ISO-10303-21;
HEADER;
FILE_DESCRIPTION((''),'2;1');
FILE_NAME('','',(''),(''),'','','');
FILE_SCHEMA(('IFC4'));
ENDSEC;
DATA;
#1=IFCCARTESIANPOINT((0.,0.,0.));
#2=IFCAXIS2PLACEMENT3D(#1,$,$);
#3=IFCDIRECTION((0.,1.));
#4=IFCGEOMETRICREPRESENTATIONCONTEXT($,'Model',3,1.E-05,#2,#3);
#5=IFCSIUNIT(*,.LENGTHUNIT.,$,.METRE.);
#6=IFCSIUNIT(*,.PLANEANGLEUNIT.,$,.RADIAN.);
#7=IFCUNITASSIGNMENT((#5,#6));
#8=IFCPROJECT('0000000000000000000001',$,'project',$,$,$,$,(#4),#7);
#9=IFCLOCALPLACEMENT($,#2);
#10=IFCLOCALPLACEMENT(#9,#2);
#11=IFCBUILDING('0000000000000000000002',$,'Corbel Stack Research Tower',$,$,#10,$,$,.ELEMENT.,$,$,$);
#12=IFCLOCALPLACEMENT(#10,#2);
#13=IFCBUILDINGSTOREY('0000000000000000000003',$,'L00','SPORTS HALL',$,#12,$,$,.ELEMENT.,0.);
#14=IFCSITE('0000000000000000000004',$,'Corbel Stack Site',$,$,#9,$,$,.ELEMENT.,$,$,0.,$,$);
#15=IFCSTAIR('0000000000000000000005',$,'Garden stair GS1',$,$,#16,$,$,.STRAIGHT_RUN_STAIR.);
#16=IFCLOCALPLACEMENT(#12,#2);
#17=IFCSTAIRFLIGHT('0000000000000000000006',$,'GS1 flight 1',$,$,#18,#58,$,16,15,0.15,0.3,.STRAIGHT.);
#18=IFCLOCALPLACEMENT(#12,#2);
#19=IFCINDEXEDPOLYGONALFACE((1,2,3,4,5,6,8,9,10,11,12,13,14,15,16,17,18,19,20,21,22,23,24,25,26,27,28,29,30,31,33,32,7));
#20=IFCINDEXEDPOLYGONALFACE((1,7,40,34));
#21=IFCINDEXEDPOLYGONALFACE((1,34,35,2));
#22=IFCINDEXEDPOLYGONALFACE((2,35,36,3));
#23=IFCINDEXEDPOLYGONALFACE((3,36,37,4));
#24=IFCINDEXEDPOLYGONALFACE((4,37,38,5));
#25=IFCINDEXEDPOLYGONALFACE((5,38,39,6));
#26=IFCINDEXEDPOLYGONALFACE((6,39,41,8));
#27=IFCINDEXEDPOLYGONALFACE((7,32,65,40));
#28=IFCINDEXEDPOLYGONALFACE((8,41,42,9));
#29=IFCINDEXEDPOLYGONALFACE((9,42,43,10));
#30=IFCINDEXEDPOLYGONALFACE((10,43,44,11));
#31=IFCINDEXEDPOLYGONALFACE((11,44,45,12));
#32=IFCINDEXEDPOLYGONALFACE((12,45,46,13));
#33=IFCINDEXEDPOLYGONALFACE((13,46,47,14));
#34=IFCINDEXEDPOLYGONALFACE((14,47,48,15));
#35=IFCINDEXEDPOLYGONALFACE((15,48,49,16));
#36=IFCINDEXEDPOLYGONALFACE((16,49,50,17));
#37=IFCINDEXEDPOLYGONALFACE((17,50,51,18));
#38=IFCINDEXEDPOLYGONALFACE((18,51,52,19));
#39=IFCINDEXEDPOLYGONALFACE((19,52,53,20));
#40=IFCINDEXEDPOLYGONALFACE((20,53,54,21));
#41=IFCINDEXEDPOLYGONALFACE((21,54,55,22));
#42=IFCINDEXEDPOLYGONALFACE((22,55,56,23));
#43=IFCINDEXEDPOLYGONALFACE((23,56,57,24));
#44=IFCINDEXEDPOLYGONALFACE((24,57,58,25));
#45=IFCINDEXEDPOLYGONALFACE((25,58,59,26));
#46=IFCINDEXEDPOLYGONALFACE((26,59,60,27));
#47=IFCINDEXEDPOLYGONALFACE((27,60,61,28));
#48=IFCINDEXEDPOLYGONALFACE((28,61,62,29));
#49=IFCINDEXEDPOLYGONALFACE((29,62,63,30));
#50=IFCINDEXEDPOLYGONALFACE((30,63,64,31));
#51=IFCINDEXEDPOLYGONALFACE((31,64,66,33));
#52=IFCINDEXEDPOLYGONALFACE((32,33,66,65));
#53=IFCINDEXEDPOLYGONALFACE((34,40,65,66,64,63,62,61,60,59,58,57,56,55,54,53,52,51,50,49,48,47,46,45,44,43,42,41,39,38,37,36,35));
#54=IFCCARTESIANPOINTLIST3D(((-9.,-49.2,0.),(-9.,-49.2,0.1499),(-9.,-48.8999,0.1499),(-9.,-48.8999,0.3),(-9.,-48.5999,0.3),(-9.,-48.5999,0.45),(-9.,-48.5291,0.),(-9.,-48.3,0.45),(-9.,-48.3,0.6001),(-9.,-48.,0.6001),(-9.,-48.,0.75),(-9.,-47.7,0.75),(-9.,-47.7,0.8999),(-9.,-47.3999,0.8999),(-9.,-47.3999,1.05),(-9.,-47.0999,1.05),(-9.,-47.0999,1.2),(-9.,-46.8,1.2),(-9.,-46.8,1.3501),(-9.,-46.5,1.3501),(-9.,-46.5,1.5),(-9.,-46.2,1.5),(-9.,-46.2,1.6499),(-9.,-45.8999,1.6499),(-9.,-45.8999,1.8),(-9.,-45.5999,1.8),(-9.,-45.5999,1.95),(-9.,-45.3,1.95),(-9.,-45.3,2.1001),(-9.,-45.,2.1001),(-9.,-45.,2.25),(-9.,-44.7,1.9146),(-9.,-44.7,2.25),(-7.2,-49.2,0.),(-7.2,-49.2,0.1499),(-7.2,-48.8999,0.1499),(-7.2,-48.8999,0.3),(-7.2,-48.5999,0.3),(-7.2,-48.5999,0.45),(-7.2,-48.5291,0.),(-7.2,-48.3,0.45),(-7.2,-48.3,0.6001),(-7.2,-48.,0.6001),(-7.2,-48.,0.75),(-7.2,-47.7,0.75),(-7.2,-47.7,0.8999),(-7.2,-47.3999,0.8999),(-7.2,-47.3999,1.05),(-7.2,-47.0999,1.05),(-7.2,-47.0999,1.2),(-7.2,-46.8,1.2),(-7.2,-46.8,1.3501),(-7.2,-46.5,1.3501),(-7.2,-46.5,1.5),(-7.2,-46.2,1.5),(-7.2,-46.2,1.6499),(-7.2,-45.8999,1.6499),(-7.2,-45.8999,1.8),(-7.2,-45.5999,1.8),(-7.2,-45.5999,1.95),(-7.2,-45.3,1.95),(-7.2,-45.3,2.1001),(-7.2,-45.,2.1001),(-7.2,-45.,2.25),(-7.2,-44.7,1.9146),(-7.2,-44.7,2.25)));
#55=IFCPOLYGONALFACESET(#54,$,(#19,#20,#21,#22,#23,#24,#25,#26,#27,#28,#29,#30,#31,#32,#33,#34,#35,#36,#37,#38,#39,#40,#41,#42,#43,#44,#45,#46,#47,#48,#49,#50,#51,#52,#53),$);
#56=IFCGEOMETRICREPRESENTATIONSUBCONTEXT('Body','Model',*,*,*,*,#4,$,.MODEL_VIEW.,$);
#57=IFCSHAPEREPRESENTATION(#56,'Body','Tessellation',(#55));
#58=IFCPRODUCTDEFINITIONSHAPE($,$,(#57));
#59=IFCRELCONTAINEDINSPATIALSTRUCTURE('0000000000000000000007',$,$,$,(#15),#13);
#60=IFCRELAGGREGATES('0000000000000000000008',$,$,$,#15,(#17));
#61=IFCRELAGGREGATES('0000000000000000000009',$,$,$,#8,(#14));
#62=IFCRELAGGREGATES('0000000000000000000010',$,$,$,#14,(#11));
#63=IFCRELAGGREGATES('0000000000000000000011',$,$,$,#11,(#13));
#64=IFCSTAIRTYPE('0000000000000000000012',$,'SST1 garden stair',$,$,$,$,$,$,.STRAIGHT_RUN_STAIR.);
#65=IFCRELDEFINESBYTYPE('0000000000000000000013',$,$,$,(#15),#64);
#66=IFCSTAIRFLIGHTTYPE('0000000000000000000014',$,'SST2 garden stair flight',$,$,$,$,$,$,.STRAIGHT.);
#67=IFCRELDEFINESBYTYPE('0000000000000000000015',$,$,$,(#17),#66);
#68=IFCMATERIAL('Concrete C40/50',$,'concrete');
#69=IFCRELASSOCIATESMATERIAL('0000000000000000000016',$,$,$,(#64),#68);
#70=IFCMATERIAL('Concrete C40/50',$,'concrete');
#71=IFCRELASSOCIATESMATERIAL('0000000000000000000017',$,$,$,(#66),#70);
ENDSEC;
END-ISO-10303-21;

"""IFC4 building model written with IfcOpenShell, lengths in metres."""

from ifc_helpers import new_model, si_unit, direction, frame, origin, place, context, subcontext, project, spatial, polyline, outline, extrude, material, type_object, element, aggregate, save


model = new_model("IFC4")

# Units and contexts
model_context = context("Model", 3, precision=1e-05, world=origin(), true_north=direction((0.0, 1.0)))
body_context = subcontext(model_context, "Body", "Model", "MODEL_VIEW")
ifc_project = project(units=[si_unit("LENGTHUNIT", "METRE"), si_unit("PLANEANGLEUNIT", "RADIAN")], contexts=[model_context])

# Site, building, storey
site_placement = place(None, origin())
site = spatial("IfcSite", under=ifc_project, at=site_placement, Name="Corbel Stack Site", CompositionType="ELEMENT", RefElevation=0.0)
building_placement = place(site_placement, origin())
building = spatial("IfcBuilding", under=site, at=building_placement, Name="Corbel Stack Research Tower", CompositionType="ELEMENT")
storey_placement = place(building_placement, origin())
storey = spatial("IfcBuildingStorey", under=building, at=storey_placement, Name="L00", Description="SPORTS HALL", CompositionType="ELEMENT", Elevation=0.0)

# Stair, stair flight
ifc_material_1 = material(Name="Concrete C40/50", Category="concrete")
stair_type = type_object("IfcStairType", Name="SST1 garden stair", PredefinedType="STRAIGHT_RUN_STAIR", material=ifc_material_1)
stair_placement = place(storey_placement, origin())
stair = element("IfcStair", 1, at=stair_placement, inside=storey, type_object=stair_type, Name="Garden stair GS1", PredefinedType="STRAIGHT_RUN_STAIR")
ifc_material_2 = material(Name="Concrete C40/50", Category="concrete")
stair_flight_type = type_object("IfcStairFlightType", Name="SST2 garden stair flight", PredefinedType="STRAIGHT", material=ifc_material_2)
stair_flight_placement = place(storey_placement, frame((-8.1001, -49.2, 0.0), z_axis=(0.0, 0.0, 1.0), x_axis=(0.0, 1.0, 0.0)))
stair_flight = element("IfcStairFlight", 2, at=stair_flight_placement, type_object=stair_flight_type, Name="GS1 flight 1", NumberOfRisers=16, NumberOfTreads=15, PredefinedType="STRAIGHT", RiserHeight=0.15, TreadLength=0.3, context=body_context, shape_type="SweptSolid", body=[
    extrude(outline(polyline([(0.0, 0.0), (0.0, 0.1499), (0.3, 0.1499), (0.3, 0.3), (0.6001, 0.3), (0.6001, 0.45), (0.8999, 0.45), (0.8999, 0.6001), (1.2, 0.6001), (1.2, 0.75), (1.5, 0.75), (1.5, 0.8999), (1.8, 0.8999), (1.8, 1.05), (2.1001, 1.05), (2.1001, 1.2), (2.3999, 1.2), (2.3999, 1.3501), (2.7, 1.3501), (2.7, 1.5), (3.0, 1.5), (3.0, 1.6499), (3.3, 1.6499), (3.3, 1.8), (3.6001, 1.8), (3.6001, 1.95), (3.8999, 1.95), (3.8999, 2.1001), (4.2, 2.1001), (4.2, 2.25), (4.5, 2.25), (4.5, 2.3999), (4.5, 1.9146), (0.6709, 0.0), (0.0, 0.0)])), frame((0.0, 0.8999, 0.0), z_axis=(0.0, -1.0, 0.0), x_axis=(1.0, 0.0, 0.0)), (0.0, 0.0, 1.0), 1.8),
])
aggregate(stair, [stair_flight])

save(model, "model.ifc")
